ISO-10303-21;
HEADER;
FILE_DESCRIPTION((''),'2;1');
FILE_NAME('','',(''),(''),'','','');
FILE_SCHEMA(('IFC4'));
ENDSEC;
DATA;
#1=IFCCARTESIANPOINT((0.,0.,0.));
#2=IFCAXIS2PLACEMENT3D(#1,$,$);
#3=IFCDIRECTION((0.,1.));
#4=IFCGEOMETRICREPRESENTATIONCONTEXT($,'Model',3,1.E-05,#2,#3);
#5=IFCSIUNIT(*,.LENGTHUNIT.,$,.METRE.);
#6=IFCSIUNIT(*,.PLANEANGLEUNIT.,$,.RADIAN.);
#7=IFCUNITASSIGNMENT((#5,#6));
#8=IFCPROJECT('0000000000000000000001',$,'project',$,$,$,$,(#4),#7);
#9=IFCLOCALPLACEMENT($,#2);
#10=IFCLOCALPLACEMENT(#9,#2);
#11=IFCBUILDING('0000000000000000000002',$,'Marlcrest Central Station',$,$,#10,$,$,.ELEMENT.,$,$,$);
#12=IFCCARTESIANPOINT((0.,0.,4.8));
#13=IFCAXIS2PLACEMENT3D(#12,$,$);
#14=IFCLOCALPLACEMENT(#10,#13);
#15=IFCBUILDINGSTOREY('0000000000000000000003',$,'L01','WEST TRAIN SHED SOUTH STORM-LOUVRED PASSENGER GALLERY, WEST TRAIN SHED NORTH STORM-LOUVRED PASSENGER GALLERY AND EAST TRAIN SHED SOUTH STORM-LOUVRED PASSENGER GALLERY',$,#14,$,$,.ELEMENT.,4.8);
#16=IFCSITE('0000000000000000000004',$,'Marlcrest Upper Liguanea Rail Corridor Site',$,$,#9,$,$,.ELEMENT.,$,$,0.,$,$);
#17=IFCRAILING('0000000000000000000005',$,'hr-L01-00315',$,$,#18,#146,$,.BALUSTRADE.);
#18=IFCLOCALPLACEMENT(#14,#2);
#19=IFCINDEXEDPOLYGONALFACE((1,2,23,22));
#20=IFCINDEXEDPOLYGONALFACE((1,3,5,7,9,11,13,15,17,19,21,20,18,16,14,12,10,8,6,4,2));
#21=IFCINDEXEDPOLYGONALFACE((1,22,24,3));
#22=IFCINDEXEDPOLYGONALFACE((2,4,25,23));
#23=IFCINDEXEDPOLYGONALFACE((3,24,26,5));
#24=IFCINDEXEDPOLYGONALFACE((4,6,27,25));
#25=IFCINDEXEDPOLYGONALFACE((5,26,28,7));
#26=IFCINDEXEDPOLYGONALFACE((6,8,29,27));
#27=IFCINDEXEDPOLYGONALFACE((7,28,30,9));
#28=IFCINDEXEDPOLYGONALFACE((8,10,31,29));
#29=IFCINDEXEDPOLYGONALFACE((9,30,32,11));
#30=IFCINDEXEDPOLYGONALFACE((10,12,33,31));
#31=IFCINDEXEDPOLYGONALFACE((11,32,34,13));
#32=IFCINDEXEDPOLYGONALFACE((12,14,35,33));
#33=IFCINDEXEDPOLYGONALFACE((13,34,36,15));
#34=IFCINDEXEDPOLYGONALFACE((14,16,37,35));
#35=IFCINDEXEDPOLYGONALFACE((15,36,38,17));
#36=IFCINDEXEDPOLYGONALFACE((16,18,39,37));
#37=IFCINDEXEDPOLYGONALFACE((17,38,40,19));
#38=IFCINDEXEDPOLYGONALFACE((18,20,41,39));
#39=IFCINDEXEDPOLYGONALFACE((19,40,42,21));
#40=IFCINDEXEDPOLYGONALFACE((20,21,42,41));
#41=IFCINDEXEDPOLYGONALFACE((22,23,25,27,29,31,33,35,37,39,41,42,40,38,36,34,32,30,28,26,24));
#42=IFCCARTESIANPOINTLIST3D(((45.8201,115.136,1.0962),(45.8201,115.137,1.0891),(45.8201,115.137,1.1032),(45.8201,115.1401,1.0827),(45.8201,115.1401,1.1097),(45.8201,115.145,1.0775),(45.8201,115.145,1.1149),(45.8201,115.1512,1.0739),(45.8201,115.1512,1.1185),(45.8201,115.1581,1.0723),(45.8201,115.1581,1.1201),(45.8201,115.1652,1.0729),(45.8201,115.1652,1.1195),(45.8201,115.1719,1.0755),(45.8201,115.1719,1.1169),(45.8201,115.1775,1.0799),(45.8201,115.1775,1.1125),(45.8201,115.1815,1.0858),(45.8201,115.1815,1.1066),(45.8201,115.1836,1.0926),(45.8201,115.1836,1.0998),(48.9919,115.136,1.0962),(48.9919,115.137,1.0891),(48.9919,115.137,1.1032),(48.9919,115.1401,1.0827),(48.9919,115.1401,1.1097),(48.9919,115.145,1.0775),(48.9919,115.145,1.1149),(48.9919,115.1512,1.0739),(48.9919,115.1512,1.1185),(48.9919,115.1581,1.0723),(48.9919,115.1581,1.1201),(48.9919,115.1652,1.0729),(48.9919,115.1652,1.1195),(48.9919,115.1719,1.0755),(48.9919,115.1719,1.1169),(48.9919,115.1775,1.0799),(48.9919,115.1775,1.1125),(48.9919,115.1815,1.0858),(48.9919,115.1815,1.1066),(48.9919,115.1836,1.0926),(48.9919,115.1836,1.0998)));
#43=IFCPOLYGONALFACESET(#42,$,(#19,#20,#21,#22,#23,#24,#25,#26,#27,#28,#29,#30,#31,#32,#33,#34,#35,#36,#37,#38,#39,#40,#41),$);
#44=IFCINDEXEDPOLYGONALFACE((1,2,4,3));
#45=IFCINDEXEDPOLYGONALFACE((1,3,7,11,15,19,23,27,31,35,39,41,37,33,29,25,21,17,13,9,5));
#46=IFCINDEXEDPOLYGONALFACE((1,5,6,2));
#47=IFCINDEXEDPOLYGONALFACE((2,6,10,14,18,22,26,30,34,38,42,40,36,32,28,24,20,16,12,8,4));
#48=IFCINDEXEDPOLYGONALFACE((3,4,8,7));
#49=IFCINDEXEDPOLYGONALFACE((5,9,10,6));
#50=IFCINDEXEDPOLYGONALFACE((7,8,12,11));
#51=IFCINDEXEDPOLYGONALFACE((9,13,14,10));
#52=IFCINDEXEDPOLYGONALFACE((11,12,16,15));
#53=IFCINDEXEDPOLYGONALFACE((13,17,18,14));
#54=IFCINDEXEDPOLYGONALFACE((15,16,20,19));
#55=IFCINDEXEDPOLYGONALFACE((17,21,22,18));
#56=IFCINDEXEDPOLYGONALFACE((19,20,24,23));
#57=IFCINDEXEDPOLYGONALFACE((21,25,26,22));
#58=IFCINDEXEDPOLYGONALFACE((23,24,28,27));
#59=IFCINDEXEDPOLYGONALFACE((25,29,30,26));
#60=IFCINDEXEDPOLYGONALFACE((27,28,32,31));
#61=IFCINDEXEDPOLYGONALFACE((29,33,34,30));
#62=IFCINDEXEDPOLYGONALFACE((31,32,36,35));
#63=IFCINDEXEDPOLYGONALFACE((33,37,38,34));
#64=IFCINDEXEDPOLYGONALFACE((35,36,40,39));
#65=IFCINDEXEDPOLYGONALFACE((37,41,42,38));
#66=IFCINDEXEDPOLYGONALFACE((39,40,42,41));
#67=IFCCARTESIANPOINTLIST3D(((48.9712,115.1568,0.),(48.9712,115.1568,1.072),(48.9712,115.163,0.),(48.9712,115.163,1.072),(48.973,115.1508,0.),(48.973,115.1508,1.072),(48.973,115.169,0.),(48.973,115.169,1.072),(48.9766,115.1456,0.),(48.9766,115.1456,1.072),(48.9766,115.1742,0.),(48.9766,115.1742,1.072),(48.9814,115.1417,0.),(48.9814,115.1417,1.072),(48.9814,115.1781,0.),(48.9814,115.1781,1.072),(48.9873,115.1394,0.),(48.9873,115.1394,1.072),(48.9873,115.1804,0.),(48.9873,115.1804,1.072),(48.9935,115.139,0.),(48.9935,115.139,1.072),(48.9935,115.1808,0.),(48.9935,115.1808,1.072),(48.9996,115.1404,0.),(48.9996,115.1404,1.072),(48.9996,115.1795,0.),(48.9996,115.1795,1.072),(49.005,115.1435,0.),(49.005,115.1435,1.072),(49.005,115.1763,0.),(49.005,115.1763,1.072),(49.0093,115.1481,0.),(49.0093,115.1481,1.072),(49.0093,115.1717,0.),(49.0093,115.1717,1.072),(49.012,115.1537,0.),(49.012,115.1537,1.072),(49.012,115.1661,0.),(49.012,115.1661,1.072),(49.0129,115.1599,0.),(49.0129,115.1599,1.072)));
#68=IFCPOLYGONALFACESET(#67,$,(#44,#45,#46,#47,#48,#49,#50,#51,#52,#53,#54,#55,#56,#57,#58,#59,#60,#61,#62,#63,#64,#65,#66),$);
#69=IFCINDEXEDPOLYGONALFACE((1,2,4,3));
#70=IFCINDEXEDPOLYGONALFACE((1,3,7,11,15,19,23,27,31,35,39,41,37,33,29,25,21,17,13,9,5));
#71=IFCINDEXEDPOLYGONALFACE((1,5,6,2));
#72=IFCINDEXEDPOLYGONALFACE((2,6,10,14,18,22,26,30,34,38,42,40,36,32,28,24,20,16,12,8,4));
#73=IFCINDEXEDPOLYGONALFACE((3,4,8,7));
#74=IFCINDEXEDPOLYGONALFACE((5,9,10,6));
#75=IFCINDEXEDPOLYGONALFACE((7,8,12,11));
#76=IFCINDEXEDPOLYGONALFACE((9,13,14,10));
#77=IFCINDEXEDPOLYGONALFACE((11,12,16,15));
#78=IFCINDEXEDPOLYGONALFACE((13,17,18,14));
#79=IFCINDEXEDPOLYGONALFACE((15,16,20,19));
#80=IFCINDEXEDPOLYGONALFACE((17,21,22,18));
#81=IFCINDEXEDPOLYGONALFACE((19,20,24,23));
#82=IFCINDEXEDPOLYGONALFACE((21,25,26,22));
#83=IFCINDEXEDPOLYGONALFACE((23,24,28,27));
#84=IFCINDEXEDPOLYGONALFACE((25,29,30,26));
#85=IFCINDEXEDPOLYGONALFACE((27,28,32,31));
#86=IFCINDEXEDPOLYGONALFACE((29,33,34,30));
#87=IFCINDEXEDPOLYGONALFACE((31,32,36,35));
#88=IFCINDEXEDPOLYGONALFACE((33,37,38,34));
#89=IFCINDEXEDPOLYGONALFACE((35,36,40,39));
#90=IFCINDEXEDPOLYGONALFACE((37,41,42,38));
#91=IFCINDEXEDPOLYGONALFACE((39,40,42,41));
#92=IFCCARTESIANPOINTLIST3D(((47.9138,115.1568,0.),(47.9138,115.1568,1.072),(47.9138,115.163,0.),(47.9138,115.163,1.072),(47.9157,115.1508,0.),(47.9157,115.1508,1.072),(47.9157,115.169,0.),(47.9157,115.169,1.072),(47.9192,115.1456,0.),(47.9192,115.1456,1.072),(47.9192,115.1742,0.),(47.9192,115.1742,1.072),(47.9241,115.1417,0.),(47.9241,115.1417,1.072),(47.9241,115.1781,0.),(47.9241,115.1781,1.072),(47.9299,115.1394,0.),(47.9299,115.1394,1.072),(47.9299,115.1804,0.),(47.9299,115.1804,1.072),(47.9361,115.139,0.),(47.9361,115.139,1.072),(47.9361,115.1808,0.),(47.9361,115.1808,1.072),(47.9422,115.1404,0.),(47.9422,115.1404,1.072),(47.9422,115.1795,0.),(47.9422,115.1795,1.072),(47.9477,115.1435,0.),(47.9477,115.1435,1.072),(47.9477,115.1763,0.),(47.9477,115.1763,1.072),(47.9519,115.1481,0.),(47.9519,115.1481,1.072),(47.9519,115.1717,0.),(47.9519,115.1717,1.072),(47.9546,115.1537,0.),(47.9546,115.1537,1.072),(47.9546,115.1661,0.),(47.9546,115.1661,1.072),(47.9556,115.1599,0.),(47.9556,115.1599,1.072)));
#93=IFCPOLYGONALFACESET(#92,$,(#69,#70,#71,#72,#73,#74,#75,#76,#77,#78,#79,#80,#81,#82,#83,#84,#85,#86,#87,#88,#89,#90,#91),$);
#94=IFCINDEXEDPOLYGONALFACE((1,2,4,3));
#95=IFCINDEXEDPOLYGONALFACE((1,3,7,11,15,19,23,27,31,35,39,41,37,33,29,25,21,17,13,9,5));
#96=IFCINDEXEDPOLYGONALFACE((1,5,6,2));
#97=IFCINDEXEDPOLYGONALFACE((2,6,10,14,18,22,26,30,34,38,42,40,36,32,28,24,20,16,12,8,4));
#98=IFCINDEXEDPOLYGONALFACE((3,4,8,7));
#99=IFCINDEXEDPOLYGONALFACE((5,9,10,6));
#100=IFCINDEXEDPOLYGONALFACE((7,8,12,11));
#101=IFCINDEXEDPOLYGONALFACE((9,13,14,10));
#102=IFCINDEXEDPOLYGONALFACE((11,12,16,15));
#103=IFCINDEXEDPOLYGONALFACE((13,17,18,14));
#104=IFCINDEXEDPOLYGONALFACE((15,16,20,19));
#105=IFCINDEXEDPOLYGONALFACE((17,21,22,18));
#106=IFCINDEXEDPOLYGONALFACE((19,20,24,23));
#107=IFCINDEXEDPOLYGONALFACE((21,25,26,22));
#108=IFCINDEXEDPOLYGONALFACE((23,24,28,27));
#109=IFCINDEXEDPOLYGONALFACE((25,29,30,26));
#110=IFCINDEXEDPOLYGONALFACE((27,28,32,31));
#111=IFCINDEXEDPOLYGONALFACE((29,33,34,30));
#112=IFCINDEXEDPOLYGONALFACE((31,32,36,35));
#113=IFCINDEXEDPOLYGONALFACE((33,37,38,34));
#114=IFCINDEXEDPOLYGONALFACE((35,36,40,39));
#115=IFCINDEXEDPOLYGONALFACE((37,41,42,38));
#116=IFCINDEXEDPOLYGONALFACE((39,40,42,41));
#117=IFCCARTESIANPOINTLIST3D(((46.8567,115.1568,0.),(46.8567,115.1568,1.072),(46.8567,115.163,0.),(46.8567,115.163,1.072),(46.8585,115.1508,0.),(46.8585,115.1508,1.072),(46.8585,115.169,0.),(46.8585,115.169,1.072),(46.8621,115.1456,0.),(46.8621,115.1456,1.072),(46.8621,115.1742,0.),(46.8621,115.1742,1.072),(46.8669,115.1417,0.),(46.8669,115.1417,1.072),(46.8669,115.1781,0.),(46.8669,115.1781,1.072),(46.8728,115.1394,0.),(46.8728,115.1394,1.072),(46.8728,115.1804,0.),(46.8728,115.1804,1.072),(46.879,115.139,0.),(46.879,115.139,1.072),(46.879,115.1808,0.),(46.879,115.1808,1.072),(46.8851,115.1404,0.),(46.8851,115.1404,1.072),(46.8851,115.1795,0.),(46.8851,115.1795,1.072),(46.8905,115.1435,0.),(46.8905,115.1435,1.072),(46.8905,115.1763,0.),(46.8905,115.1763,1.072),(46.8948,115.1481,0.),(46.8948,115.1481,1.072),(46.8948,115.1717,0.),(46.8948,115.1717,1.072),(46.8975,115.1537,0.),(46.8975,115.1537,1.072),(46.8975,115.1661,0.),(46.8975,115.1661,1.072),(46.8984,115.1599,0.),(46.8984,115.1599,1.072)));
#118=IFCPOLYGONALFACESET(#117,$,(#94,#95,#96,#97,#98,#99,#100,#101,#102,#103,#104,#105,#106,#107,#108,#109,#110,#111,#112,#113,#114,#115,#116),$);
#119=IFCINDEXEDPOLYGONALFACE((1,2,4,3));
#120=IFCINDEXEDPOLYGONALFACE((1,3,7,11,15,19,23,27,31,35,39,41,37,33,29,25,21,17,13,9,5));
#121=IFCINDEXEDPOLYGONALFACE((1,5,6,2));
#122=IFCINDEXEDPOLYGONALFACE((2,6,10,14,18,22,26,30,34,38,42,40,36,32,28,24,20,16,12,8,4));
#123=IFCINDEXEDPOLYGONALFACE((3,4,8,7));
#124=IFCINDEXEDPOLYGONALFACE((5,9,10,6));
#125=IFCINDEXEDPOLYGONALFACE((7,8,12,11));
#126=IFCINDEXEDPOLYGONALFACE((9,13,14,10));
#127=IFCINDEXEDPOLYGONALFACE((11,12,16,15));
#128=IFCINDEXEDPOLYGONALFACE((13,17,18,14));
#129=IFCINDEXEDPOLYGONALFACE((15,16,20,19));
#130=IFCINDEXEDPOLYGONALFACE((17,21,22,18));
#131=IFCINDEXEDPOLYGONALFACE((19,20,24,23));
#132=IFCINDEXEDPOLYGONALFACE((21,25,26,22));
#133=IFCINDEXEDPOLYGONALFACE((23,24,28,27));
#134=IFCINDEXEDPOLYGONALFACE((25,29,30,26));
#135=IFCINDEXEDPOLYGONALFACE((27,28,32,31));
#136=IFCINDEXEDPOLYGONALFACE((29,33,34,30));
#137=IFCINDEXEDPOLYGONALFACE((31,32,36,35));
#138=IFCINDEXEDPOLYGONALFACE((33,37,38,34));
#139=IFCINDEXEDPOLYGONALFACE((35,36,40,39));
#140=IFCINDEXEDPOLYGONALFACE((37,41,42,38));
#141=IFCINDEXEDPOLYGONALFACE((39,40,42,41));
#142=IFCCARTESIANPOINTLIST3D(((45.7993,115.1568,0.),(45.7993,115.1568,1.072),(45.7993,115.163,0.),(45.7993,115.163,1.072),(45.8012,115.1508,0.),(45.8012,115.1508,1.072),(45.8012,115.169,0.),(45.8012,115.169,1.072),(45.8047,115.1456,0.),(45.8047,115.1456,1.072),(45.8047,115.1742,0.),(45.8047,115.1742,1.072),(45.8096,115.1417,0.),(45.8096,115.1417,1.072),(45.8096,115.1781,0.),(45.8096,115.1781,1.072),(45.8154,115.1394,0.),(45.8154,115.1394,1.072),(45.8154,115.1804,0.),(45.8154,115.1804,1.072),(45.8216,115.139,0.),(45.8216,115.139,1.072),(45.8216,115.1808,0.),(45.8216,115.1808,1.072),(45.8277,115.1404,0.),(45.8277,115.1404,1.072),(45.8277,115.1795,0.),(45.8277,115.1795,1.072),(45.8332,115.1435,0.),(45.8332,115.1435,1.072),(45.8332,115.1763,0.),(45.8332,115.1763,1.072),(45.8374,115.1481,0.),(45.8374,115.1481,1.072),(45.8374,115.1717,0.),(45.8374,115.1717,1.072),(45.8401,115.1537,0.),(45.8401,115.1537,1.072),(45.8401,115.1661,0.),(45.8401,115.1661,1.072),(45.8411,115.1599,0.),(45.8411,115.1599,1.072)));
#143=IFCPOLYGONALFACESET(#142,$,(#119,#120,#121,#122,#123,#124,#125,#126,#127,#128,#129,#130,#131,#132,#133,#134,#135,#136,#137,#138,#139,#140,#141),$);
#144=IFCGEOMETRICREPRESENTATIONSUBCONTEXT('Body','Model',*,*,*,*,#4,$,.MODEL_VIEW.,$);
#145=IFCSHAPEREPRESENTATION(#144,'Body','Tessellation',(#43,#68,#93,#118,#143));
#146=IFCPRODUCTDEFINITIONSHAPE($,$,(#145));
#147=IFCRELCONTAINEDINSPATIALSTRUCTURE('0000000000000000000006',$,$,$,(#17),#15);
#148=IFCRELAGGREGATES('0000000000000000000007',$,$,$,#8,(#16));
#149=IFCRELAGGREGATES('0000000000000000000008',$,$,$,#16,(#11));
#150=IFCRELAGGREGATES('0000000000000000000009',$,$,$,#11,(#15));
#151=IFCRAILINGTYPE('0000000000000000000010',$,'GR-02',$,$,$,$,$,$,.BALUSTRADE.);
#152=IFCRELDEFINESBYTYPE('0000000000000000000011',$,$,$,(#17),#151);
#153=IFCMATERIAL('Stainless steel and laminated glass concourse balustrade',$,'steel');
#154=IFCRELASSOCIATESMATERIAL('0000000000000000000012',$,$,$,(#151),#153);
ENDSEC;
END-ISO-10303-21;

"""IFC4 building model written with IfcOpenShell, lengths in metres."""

from ifc_helpers import new_model, si_unit, direction, frame, origin, origin_2d, place, context, subcontext, project, spatial, circle, extrude, material, type_object, element, save


model = new_model("IFC4")

# Units and contexts
model_context = context("Model", 3, precision=1e-05, world=origin(), true_north=direction((0.0, 1.0)))
body_context = subcontext(model_context, "Body", "Model", "MODEL_VIEW")
ifc_project = project(units=[si_unit("LENGTHUNIT", "METRE"), si_unit("PLANEANGLEUNIT", "RADIAN")], contexts=[model_context])

# Site, building, storey
site_placement = place(None, origin())
site = spatial("IfcSite", under=ifc_project, at=site_placement, Name="Marlcrest Upper Liguanea Rail Corridor Site", CompositionType="ELEMENT", RefElevation=0.0)
building_placement = place(site_placement, origin())
building = spatial("IfcBuilding", under=site, at=building_placement, Name="Marlcrest Central Station", CompositionType="ELEMENT")
storey_placement = place(building_placement, frame((0.0, 0.0, 4.8)))
storey = spatial("IfcBuildingStorey", under=building, at=storey_placement, Name="L01", Description="WEST TRAIN SHED SOUTH STORM-LOUVRED PASSENGER GALLERY, WEST TRAIN SHED NORTH STORM-LOUVRED PASSENGER GALLERY AND EAST TRAIN SHED SOUTH STORM-LOUVRED PASSENGER GALLERY", CompositionType="ELEMENT", Elevation=4.8)

# Railing
ifc_material_1 = material(Name="Stainless steel and laminated glass concourse balustrade", Category="steel")
railing_type_1 = type_object("IfcRailingType", Name="GR-02", PredefinedType="BALUSTRADE", material=ifc_material_1)
railing_1_placement = place(storey_placement, frame((48.9919, 115.1599, 0.0)))
element("IfcRailing", 1, at=railing_1_placement, inside=storey, type_object=railing_type_1, Name="hr-L01-00315", PredefinedType="BALUSTRADE", context=body_context, shape_type="SweptSolid", body=[
    extrude(circle(Radius=0.0239, at=origin_2d()), frame((0.0, 0.0, 1.0962), z_axis=(-1.0, 0.0, 0.0), x_axis=(0.0, -1.0, 0.0)), (0.0, 0.0, 1.0), 3.1719),
    extrude(circle(Radius=0.021, at=origin_2d()), origin(), (0.0, 0.0, 1.0), 1.072),
    extrude(circle(Radius=0.021, at=origin_2d()), frame((-1.0574, 0.0, 0.0)), (0.0, 0.0, 1.0), 1.072),
    extrude(circle(Radius=0.021, at=origin_2d()), frame((-2.1145, 0.0, 0.0)), (0.0, 0.0, 1.0), 1.072),
    extrude(circle(Radius=0.021, at=origin_2d()), frame((-3.1719, 0.0, 0.0)), (0.0, 0.0, 1.0), 1.072),
])

save(model, "model.ifc")
